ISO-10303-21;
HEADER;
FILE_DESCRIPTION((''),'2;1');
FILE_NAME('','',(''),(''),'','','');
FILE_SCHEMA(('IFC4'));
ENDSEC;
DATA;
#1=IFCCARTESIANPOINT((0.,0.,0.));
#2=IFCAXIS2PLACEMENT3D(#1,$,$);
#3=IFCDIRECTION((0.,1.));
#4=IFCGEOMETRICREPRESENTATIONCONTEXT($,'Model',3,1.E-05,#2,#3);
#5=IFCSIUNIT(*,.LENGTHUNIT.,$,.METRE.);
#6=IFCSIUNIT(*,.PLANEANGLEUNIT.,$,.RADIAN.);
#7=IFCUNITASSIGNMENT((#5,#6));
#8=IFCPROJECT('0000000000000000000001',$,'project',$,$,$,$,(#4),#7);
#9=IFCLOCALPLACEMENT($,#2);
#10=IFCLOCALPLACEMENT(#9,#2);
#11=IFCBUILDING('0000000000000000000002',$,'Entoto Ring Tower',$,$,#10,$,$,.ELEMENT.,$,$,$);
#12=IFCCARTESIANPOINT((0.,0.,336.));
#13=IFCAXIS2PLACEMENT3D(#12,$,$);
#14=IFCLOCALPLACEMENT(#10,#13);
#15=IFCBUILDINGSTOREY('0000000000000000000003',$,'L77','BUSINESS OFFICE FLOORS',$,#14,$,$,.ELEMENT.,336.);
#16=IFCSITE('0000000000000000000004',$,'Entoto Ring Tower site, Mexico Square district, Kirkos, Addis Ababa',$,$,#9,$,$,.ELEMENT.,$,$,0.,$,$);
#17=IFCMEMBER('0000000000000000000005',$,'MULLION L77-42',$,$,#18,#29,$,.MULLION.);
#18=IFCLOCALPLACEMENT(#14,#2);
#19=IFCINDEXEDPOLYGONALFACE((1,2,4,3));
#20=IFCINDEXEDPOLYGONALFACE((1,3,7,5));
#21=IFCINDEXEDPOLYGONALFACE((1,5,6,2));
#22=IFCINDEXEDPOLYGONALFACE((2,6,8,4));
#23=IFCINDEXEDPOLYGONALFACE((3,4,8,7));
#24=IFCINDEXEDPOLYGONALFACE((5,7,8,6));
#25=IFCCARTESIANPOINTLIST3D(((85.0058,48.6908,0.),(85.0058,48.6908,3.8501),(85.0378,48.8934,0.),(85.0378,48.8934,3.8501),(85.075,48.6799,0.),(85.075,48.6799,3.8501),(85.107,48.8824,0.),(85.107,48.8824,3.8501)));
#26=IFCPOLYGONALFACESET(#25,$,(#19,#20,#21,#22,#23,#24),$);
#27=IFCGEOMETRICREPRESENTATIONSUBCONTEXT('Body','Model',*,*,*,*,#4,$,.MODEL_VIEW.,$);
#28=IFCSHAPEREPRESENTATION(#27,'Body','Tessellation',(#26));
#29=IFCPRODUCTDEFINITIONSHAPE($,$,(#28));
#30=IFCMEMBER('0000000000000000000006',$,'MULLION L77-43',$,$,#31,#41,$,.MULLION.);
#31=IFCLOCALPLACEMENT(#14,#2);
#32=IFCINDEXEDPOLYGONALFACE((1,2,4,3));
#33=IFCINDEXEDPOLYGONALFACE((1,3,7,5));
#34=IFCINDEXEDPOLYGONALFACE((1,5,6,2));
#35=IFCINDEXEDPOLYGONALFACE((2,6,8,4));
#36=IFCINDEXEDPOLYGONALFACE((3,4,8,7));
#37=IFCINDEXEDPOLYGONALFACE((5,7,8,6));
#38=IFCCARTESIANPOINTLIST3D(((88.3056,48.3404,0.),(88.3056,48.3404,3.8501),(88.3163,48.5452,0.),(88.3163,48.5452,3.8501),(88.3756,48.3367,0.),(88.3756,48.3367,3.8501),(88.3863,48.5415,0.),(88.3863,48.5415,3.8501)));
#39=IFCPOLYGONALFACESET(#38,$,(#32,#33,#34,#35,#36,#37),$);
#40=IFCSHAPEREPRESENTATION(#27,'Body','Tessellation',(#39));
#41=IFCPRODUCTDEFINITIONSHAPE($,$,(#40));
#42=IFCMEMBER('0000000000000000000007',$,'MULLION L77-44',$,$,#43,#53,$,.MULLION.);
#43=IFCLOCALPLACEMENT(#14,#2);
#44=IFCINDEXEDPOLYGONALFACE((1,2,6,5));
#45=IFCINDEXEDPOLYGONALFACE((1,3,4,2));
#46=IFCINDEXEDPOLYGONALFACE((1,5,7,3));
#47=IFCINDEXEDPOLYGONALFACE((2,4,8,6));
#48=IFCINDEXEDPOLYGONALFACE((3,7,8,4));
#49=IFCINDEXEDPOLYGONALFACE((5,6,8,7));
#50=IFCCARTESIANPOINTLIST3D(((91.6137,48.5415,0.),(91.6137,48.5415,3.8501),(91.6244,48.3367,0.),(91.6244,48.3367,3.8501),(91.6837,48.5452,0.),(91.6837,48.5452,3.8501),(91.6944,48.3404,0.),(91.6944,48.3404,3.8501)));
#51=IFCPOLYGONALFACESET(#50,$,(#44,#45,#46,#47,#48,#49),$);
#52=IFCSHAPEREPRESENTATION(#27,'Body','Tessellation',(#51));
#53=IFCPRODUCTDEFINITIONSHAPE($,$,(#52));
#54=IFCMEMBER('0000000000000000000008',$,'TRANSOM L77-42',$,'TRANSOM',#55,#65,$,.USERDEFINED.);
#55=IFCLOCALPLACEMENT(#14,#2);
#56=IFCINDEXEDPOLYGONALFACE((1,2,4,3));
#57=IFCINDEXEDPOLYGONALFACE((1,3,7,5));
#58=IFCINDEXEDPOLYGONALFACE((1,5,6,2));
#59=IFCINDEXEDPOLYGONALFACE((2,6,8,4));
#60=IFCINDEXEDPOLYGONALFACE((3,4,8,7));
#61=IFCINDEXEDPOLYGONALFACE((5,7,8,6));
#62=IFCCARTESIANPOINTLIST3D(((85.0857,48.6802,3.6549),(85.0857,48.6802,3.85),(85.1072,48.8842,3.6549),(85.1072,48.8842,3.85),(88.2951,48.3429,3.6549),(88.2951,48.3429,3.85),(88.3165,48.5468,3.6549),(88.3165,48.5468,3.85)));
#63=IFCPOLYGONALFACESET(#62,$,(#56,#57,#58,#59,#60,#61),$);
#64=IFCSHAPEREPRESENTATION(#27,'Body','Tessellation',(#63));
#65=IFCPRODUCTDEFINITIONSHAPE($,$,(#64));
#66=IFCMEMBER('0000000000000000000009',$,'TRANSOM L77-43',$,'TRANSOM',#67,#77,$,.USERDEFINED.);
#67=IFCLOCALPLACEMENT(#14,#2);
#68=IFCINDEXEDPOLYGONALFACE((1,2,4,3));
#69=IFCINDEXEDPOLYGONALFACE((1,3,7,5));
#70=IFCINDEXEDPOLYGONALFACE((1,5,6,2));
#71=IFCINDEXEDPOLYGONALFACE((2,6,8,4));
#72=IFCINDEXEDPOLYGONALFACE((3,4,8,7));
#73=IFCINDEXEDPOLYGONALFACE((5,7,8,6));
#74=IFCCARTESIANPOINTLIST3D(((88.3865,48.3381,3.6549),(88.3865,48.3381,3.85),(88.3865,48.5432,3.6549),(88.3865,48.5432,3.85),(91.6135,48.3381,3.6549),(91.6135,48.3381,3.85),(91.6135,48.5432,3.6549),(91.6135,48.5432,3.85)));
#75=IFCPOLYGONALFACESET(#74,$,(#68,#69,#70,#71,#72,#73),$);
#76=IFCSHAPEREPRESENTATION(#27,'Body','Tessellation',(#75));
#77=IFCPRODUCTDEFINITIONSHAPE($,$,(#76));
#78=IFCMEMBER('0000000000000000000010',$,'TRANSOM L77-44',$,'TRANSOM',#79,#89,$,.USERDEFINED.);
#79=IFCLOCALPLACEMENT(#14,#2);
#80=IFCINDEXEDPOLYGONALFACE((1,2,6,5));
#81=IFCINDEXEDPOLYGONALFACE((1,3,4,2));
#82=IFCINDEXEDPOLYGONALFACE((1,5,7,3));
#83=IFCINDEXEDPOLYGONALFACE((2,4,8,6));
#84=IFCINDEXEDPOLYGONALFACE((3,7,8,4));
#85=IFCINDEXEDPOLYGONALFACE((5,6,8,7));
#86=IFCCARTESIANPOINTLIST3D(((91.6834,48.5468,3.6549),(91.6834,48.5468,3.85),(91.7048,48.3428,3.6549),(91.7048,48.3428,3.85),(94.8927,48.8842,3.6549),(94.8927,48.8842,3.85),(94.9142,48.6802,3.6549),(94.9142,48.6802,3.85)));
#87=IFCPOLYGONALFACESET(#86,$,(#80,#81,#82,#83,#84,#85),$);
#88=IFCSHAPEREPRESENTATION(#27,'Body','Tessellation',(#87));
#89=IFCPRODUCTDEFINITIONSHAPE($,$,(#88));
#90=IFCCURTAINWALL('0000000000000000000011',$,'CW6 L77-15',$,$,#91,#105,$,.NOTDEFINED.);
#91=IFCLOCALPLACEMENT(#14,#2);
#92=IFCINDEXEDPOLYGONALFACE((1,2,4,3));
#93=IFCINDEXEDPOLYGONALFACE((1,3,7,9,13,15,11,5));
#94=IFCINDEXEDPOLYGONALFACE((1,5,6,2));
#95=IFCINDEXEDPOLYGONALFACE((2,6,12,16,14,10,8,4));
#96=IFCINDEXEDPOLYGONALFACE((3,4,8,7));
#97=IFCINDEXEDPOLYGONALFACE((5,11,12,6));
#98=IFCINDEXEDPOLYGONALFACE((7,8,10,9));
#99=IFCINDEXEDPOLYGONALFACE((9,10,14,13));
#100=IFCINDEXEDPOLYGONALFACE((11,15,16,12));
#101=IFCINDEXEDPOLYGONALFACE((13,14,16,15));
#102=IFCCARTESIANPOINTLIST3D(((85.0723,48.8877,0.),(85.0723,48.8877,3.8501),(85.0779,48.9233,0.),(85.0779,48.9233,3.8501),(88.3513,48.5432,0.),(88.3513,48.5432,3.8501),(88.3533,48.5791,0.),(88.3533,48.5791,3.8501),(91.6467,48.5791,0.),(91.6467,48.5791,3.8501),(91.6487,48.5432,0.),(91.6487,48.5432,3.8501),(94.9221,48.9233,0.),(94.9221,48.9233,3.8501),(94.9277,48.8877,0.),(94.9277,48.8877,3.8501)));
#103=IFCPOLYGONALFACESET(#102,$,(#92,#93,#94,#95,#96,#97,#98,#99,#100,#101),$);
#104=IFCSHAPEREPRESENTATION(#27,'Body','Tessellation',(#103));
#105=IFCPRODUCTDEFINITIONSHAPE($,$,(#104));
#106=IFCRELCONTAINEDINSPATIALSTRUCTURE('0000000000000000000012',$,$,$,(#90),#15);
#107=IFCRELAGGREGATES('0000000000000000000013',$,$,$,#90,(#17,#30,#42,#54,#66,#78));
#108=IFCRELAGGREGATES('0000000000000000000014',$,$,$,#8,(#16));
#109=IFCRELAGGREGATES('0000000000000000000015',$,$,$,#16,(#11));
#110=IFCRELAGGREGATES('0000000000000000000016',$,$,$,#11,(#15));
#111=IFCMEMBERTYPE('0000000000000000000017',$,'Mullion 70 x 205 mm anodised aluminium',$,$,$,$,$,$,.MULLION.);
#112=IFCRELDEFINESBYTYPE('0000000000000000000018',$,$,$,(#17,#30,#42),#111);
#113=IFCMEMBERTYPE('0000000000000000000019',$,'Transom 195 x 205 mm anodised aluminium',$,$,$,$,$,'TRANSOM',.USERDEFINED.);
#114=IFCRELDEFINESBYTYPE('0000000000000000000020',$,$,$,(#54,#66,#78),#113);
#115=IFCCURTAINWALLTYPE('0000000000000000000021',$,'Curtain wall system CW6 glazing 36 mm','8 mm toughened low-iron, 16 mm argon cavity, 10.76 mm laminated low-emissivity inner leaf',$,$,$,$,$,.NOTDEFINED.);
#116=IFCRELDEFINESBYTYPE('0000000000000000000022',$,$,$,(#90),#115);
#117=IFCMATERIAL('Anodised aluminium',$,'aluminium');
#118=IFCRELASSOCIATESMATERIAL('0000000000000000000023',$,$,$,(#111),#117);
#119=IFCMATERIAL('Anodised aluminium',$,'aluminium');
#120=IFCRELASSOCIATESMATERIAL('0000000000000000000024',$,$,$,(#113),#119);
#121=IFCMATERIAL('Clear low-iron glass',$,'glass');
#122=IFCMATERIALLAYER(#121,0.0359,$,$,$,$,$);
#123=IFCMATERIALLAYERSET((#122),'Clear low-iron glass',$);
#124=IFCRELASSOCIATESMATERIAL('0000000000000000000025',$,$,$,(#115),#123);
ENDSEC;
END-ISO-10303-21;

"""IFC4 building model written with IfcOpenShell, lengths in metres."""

from ifc_helpers import new_model, si_unit, direction, frame, origin, origin_2d, place, context, subcontext, project, spatial, polyline, rectangle, outline, extrude, material, layer, layer_set, material_profile, profile_set, type_object, element, aggregate, save


model = new_model("IFC4")

# Units and contexts
model_context = context("Model", 3, precision=1e-05, world=origin(), true_north=direction((0.0, 1.0)))
body_context = subcontext(model_context, "Body", "Model", "MODEL_VIEW")
ifc_project = project(units=[si_unit("LENGTHUNIT", "METRE"), si_unit("PLANEANGLEUNIT", "RADIAN")], contexts=[model_context])

# Members
ifc_material_1 = material(Name="Anodised aluminium", Category="aluminium")
ifc_material_profile_1 = material_profile(ifc_material_1, rectangle(XDim=0.0701, YDim=0.2051, at=origin_2d()), Name="Mullion 70 x 205 mm anodised aluminium")
ifc_profile_set_1 = profile_set([ifc_material_profile_1], Name="Anodised aluminium")
member_type_1 = type_object("IfcMemberType", Name="Mullion 70 x 205 mm anodised aluminium", PredefinedType="MULLION", material=ifc_profile_set_1)
site_placement = place(None, origin())
building_placement = place(site_placement, origin())
storey_placement = place(building_placement, frame((0.0, 0.0, 336.0)))
member_1_placement = place(storey_placement, frame((85.0564, 48.7866, 0.0), z_axis=(0.0, 0.0, 1.0), x_axis=(0.987688, -0.156434, 0.0)))
member_1 = element("IfcMember", 1, at=member_1_placement, type_object=member_type_1, Name="MULLION L77-42", PredefinedType="MULLION", context=body_context, shape_type="SweptSolid", body=[
    extrude(rectangle(XDim=0.0701, YDim=0.2051, at=origin_2d()), origin(), (0.0, 0.0, 1.0), 3.8501),
])
member_2_placement = place(storey_placement, frame((88.3459, 48.4409, 0.0), z_axis=(0.0, 0.0, 1.0), x_axis=(0.99863, -0.052336, 0.0)))
member_2 = element("IfcMember", 2, at=member_2_placement, type_object=member_type_1, Name="MULLION L77-43", PredefinedType="MULLION", context=body_context, shape_type="SweptSolid", body=[
    extrude(rectangle(XDim=0.0701, YDim=0.2051, at=origin_2d()), origin(), (0.0, 0.0, 1.0), 3.8501),
])
member_3_placement = place(storey_placement, frame((91.6541, 48.4409, 0.0), z_axis=(0.0, 0.0, 1.0), x_axis=(0.99863, 0.052336, 0.0)))
member_3 = element("IfcMember", 3, at=member_3_placement, type_object=member_type_1, Name="MULLION L77-44", PredefinedType="MULLION", context=body_context, shape_type="SweptSolid", body=[
    extrude(rectangle(XDim=0.0701, YDim=0.2051, at=origin_2d()), origin(), (0.0, 0.0, 1.0), 3.8501),
])
ifc_material_2 = material(Name="Anodised aluminium", Category="aluminium")
ifc_material_profile_2 = material_profile(ifc_material_2, rectangle(XDim=0.2051, YDim=0.1951, at=origin_2d()), Name="Transom 195 x 205 mm anodised aluminium")
ifc_profile_set_2 = profile_set([ifc_material_profile_2], Name="Anodised aluminium")
member_type_2 = type_object("IfcMemberType", Name="Transom 195 x 205 mm anodised aluminium", ElementType="TRANSOM", PredefinedType="USERDEFINED", material=ifc_profile_set_2)
member_4_placement = place(storey_placement, frame((85.0964, 48.7822, 3.7524), z_axis=(0.99452, -0.104551, 0.0), x_axis=(0.104551, 0.99452, 0.0)))
member_4 = element("IfcMember", 4, at=member_4_placement, type_object=member_type_2, Name="TRANSOM L77-42", ObjectType="TRANSOM", PredefinedType="USERDEFINED", context=body_context, shape_type="SweptSolid", body=[
    extrude(rectangle(XDim=0.2051, YDim=0.1951, at=origin_2d()), origin(), (0.0, 0.0, 1.0), 3.2271),
])
member_5_placement = place(storey_placement, frame((88.3865, 48.4407, 3.7524), z_axis=(1.0, 0.0, 0.0), x_axis=(0.0, 1.0, 0.0)))
member_5 = element("IfcMember", 5, at=member_5_placement, type_object=member_type_2, Name="TRANSOM L77-43", ObjectType="TRANSOM", PredefinedType="USERDEFINED", context=body_context, shape_type="SweptSolid", body=[
    extrude(rectangle(XDim=0.2051, YDim=0.1951, at=origin_2d()), origin(), (0.0, 0.0, 1.0), 3.2271),
])
member_6_placement = place(storey_placement, frame((91.6941, 48.4448, 3.7524), z_axis=(0.99452, 0.104551, 0.0), x_axis=(-0.104551, 0.99452, 0.0)))
member_6 = element("IfcMember", 6, at=member_6_placement, type_object=member_type_2, Name="TRANSOM L77-44", ObjectType="TRANSOM", PredefinedType="USERDEFINED", context=body_context, shape_type="SweptSolid", body=[
    extrude(rectangle(XDim=0.2051, YDim=0.1951, at=origin_2d()), origin(), (0.0, 0.0, 1.0), 3.2271),
])

# Site, building, storey
site = spatial("IfcSite", under=ifc_project, at=site_placement, Name="Entoto Ring Tower site, Mexico Square district, Kirkos, Addis Ababa", CompositionType="ELEMENT", RefElevation=0.0)
building = spatial("IfcBuilding", under=site, at=building_placement, Name="Entoto Ring Tower", CompositionType="ELEMENT")
storey = spatial("IfcBuildingStorey", under=building, at=storey_placement, Name="L77", Description="BUSINESS OFFICE FLOORS", CompositionType="ELEMENT", Elevation=336.0)

# Curtain wall
ifc_material_3 = material(Name="Clear low-iron glass", Category="glass")
ifc_layer_1 = layer(ifc_material_3, 0.0359)
ifc_layer_set_1 = layer_set([ifc_layer_1], Name="Clear low-iron glass")
curtain_wall_type = type_object("IfcCurtainWallType", Name="Curtain wall system CW6 glazing 36 mm", Description="8 mm toughened low-iron, 16 mm argon cavity, 10.76 mm laminated low-emissivity inner leaf", PredefinedType="NOTDEFINED", material=ifc_layer_set_1)
curtain_wall_1_placement = place(storey_placement, origin())
curtain_wall_1 = element("IfcCurtainWall", 7, at=curtain_wall_1_placement, inside=storey, type_object=curtain_wall_type, Name="CW6 L77-15", PredefinedType="NOTDEFINED", context=body_context, shape_type="SweptSolid", body=[
    extrude(outline(polyline([(85.0723, 48.8877), (88.3513, 48.5432), (91.6487, 48.5432), (94.9277, 48.8877), (94.9221, 48.9233), (91.6467, 48.5791), (88.3533, 48.5791), (85.0779, 48.9233), (85.0723, 48.8877)])), origin(), (0.0, 0.0, 1.0), 3.8501),
])
aggregate(curtain_wall_1, [member_1, member_2, member_3, member_4, member_5, member_6])

save(model, "model.ifc")
